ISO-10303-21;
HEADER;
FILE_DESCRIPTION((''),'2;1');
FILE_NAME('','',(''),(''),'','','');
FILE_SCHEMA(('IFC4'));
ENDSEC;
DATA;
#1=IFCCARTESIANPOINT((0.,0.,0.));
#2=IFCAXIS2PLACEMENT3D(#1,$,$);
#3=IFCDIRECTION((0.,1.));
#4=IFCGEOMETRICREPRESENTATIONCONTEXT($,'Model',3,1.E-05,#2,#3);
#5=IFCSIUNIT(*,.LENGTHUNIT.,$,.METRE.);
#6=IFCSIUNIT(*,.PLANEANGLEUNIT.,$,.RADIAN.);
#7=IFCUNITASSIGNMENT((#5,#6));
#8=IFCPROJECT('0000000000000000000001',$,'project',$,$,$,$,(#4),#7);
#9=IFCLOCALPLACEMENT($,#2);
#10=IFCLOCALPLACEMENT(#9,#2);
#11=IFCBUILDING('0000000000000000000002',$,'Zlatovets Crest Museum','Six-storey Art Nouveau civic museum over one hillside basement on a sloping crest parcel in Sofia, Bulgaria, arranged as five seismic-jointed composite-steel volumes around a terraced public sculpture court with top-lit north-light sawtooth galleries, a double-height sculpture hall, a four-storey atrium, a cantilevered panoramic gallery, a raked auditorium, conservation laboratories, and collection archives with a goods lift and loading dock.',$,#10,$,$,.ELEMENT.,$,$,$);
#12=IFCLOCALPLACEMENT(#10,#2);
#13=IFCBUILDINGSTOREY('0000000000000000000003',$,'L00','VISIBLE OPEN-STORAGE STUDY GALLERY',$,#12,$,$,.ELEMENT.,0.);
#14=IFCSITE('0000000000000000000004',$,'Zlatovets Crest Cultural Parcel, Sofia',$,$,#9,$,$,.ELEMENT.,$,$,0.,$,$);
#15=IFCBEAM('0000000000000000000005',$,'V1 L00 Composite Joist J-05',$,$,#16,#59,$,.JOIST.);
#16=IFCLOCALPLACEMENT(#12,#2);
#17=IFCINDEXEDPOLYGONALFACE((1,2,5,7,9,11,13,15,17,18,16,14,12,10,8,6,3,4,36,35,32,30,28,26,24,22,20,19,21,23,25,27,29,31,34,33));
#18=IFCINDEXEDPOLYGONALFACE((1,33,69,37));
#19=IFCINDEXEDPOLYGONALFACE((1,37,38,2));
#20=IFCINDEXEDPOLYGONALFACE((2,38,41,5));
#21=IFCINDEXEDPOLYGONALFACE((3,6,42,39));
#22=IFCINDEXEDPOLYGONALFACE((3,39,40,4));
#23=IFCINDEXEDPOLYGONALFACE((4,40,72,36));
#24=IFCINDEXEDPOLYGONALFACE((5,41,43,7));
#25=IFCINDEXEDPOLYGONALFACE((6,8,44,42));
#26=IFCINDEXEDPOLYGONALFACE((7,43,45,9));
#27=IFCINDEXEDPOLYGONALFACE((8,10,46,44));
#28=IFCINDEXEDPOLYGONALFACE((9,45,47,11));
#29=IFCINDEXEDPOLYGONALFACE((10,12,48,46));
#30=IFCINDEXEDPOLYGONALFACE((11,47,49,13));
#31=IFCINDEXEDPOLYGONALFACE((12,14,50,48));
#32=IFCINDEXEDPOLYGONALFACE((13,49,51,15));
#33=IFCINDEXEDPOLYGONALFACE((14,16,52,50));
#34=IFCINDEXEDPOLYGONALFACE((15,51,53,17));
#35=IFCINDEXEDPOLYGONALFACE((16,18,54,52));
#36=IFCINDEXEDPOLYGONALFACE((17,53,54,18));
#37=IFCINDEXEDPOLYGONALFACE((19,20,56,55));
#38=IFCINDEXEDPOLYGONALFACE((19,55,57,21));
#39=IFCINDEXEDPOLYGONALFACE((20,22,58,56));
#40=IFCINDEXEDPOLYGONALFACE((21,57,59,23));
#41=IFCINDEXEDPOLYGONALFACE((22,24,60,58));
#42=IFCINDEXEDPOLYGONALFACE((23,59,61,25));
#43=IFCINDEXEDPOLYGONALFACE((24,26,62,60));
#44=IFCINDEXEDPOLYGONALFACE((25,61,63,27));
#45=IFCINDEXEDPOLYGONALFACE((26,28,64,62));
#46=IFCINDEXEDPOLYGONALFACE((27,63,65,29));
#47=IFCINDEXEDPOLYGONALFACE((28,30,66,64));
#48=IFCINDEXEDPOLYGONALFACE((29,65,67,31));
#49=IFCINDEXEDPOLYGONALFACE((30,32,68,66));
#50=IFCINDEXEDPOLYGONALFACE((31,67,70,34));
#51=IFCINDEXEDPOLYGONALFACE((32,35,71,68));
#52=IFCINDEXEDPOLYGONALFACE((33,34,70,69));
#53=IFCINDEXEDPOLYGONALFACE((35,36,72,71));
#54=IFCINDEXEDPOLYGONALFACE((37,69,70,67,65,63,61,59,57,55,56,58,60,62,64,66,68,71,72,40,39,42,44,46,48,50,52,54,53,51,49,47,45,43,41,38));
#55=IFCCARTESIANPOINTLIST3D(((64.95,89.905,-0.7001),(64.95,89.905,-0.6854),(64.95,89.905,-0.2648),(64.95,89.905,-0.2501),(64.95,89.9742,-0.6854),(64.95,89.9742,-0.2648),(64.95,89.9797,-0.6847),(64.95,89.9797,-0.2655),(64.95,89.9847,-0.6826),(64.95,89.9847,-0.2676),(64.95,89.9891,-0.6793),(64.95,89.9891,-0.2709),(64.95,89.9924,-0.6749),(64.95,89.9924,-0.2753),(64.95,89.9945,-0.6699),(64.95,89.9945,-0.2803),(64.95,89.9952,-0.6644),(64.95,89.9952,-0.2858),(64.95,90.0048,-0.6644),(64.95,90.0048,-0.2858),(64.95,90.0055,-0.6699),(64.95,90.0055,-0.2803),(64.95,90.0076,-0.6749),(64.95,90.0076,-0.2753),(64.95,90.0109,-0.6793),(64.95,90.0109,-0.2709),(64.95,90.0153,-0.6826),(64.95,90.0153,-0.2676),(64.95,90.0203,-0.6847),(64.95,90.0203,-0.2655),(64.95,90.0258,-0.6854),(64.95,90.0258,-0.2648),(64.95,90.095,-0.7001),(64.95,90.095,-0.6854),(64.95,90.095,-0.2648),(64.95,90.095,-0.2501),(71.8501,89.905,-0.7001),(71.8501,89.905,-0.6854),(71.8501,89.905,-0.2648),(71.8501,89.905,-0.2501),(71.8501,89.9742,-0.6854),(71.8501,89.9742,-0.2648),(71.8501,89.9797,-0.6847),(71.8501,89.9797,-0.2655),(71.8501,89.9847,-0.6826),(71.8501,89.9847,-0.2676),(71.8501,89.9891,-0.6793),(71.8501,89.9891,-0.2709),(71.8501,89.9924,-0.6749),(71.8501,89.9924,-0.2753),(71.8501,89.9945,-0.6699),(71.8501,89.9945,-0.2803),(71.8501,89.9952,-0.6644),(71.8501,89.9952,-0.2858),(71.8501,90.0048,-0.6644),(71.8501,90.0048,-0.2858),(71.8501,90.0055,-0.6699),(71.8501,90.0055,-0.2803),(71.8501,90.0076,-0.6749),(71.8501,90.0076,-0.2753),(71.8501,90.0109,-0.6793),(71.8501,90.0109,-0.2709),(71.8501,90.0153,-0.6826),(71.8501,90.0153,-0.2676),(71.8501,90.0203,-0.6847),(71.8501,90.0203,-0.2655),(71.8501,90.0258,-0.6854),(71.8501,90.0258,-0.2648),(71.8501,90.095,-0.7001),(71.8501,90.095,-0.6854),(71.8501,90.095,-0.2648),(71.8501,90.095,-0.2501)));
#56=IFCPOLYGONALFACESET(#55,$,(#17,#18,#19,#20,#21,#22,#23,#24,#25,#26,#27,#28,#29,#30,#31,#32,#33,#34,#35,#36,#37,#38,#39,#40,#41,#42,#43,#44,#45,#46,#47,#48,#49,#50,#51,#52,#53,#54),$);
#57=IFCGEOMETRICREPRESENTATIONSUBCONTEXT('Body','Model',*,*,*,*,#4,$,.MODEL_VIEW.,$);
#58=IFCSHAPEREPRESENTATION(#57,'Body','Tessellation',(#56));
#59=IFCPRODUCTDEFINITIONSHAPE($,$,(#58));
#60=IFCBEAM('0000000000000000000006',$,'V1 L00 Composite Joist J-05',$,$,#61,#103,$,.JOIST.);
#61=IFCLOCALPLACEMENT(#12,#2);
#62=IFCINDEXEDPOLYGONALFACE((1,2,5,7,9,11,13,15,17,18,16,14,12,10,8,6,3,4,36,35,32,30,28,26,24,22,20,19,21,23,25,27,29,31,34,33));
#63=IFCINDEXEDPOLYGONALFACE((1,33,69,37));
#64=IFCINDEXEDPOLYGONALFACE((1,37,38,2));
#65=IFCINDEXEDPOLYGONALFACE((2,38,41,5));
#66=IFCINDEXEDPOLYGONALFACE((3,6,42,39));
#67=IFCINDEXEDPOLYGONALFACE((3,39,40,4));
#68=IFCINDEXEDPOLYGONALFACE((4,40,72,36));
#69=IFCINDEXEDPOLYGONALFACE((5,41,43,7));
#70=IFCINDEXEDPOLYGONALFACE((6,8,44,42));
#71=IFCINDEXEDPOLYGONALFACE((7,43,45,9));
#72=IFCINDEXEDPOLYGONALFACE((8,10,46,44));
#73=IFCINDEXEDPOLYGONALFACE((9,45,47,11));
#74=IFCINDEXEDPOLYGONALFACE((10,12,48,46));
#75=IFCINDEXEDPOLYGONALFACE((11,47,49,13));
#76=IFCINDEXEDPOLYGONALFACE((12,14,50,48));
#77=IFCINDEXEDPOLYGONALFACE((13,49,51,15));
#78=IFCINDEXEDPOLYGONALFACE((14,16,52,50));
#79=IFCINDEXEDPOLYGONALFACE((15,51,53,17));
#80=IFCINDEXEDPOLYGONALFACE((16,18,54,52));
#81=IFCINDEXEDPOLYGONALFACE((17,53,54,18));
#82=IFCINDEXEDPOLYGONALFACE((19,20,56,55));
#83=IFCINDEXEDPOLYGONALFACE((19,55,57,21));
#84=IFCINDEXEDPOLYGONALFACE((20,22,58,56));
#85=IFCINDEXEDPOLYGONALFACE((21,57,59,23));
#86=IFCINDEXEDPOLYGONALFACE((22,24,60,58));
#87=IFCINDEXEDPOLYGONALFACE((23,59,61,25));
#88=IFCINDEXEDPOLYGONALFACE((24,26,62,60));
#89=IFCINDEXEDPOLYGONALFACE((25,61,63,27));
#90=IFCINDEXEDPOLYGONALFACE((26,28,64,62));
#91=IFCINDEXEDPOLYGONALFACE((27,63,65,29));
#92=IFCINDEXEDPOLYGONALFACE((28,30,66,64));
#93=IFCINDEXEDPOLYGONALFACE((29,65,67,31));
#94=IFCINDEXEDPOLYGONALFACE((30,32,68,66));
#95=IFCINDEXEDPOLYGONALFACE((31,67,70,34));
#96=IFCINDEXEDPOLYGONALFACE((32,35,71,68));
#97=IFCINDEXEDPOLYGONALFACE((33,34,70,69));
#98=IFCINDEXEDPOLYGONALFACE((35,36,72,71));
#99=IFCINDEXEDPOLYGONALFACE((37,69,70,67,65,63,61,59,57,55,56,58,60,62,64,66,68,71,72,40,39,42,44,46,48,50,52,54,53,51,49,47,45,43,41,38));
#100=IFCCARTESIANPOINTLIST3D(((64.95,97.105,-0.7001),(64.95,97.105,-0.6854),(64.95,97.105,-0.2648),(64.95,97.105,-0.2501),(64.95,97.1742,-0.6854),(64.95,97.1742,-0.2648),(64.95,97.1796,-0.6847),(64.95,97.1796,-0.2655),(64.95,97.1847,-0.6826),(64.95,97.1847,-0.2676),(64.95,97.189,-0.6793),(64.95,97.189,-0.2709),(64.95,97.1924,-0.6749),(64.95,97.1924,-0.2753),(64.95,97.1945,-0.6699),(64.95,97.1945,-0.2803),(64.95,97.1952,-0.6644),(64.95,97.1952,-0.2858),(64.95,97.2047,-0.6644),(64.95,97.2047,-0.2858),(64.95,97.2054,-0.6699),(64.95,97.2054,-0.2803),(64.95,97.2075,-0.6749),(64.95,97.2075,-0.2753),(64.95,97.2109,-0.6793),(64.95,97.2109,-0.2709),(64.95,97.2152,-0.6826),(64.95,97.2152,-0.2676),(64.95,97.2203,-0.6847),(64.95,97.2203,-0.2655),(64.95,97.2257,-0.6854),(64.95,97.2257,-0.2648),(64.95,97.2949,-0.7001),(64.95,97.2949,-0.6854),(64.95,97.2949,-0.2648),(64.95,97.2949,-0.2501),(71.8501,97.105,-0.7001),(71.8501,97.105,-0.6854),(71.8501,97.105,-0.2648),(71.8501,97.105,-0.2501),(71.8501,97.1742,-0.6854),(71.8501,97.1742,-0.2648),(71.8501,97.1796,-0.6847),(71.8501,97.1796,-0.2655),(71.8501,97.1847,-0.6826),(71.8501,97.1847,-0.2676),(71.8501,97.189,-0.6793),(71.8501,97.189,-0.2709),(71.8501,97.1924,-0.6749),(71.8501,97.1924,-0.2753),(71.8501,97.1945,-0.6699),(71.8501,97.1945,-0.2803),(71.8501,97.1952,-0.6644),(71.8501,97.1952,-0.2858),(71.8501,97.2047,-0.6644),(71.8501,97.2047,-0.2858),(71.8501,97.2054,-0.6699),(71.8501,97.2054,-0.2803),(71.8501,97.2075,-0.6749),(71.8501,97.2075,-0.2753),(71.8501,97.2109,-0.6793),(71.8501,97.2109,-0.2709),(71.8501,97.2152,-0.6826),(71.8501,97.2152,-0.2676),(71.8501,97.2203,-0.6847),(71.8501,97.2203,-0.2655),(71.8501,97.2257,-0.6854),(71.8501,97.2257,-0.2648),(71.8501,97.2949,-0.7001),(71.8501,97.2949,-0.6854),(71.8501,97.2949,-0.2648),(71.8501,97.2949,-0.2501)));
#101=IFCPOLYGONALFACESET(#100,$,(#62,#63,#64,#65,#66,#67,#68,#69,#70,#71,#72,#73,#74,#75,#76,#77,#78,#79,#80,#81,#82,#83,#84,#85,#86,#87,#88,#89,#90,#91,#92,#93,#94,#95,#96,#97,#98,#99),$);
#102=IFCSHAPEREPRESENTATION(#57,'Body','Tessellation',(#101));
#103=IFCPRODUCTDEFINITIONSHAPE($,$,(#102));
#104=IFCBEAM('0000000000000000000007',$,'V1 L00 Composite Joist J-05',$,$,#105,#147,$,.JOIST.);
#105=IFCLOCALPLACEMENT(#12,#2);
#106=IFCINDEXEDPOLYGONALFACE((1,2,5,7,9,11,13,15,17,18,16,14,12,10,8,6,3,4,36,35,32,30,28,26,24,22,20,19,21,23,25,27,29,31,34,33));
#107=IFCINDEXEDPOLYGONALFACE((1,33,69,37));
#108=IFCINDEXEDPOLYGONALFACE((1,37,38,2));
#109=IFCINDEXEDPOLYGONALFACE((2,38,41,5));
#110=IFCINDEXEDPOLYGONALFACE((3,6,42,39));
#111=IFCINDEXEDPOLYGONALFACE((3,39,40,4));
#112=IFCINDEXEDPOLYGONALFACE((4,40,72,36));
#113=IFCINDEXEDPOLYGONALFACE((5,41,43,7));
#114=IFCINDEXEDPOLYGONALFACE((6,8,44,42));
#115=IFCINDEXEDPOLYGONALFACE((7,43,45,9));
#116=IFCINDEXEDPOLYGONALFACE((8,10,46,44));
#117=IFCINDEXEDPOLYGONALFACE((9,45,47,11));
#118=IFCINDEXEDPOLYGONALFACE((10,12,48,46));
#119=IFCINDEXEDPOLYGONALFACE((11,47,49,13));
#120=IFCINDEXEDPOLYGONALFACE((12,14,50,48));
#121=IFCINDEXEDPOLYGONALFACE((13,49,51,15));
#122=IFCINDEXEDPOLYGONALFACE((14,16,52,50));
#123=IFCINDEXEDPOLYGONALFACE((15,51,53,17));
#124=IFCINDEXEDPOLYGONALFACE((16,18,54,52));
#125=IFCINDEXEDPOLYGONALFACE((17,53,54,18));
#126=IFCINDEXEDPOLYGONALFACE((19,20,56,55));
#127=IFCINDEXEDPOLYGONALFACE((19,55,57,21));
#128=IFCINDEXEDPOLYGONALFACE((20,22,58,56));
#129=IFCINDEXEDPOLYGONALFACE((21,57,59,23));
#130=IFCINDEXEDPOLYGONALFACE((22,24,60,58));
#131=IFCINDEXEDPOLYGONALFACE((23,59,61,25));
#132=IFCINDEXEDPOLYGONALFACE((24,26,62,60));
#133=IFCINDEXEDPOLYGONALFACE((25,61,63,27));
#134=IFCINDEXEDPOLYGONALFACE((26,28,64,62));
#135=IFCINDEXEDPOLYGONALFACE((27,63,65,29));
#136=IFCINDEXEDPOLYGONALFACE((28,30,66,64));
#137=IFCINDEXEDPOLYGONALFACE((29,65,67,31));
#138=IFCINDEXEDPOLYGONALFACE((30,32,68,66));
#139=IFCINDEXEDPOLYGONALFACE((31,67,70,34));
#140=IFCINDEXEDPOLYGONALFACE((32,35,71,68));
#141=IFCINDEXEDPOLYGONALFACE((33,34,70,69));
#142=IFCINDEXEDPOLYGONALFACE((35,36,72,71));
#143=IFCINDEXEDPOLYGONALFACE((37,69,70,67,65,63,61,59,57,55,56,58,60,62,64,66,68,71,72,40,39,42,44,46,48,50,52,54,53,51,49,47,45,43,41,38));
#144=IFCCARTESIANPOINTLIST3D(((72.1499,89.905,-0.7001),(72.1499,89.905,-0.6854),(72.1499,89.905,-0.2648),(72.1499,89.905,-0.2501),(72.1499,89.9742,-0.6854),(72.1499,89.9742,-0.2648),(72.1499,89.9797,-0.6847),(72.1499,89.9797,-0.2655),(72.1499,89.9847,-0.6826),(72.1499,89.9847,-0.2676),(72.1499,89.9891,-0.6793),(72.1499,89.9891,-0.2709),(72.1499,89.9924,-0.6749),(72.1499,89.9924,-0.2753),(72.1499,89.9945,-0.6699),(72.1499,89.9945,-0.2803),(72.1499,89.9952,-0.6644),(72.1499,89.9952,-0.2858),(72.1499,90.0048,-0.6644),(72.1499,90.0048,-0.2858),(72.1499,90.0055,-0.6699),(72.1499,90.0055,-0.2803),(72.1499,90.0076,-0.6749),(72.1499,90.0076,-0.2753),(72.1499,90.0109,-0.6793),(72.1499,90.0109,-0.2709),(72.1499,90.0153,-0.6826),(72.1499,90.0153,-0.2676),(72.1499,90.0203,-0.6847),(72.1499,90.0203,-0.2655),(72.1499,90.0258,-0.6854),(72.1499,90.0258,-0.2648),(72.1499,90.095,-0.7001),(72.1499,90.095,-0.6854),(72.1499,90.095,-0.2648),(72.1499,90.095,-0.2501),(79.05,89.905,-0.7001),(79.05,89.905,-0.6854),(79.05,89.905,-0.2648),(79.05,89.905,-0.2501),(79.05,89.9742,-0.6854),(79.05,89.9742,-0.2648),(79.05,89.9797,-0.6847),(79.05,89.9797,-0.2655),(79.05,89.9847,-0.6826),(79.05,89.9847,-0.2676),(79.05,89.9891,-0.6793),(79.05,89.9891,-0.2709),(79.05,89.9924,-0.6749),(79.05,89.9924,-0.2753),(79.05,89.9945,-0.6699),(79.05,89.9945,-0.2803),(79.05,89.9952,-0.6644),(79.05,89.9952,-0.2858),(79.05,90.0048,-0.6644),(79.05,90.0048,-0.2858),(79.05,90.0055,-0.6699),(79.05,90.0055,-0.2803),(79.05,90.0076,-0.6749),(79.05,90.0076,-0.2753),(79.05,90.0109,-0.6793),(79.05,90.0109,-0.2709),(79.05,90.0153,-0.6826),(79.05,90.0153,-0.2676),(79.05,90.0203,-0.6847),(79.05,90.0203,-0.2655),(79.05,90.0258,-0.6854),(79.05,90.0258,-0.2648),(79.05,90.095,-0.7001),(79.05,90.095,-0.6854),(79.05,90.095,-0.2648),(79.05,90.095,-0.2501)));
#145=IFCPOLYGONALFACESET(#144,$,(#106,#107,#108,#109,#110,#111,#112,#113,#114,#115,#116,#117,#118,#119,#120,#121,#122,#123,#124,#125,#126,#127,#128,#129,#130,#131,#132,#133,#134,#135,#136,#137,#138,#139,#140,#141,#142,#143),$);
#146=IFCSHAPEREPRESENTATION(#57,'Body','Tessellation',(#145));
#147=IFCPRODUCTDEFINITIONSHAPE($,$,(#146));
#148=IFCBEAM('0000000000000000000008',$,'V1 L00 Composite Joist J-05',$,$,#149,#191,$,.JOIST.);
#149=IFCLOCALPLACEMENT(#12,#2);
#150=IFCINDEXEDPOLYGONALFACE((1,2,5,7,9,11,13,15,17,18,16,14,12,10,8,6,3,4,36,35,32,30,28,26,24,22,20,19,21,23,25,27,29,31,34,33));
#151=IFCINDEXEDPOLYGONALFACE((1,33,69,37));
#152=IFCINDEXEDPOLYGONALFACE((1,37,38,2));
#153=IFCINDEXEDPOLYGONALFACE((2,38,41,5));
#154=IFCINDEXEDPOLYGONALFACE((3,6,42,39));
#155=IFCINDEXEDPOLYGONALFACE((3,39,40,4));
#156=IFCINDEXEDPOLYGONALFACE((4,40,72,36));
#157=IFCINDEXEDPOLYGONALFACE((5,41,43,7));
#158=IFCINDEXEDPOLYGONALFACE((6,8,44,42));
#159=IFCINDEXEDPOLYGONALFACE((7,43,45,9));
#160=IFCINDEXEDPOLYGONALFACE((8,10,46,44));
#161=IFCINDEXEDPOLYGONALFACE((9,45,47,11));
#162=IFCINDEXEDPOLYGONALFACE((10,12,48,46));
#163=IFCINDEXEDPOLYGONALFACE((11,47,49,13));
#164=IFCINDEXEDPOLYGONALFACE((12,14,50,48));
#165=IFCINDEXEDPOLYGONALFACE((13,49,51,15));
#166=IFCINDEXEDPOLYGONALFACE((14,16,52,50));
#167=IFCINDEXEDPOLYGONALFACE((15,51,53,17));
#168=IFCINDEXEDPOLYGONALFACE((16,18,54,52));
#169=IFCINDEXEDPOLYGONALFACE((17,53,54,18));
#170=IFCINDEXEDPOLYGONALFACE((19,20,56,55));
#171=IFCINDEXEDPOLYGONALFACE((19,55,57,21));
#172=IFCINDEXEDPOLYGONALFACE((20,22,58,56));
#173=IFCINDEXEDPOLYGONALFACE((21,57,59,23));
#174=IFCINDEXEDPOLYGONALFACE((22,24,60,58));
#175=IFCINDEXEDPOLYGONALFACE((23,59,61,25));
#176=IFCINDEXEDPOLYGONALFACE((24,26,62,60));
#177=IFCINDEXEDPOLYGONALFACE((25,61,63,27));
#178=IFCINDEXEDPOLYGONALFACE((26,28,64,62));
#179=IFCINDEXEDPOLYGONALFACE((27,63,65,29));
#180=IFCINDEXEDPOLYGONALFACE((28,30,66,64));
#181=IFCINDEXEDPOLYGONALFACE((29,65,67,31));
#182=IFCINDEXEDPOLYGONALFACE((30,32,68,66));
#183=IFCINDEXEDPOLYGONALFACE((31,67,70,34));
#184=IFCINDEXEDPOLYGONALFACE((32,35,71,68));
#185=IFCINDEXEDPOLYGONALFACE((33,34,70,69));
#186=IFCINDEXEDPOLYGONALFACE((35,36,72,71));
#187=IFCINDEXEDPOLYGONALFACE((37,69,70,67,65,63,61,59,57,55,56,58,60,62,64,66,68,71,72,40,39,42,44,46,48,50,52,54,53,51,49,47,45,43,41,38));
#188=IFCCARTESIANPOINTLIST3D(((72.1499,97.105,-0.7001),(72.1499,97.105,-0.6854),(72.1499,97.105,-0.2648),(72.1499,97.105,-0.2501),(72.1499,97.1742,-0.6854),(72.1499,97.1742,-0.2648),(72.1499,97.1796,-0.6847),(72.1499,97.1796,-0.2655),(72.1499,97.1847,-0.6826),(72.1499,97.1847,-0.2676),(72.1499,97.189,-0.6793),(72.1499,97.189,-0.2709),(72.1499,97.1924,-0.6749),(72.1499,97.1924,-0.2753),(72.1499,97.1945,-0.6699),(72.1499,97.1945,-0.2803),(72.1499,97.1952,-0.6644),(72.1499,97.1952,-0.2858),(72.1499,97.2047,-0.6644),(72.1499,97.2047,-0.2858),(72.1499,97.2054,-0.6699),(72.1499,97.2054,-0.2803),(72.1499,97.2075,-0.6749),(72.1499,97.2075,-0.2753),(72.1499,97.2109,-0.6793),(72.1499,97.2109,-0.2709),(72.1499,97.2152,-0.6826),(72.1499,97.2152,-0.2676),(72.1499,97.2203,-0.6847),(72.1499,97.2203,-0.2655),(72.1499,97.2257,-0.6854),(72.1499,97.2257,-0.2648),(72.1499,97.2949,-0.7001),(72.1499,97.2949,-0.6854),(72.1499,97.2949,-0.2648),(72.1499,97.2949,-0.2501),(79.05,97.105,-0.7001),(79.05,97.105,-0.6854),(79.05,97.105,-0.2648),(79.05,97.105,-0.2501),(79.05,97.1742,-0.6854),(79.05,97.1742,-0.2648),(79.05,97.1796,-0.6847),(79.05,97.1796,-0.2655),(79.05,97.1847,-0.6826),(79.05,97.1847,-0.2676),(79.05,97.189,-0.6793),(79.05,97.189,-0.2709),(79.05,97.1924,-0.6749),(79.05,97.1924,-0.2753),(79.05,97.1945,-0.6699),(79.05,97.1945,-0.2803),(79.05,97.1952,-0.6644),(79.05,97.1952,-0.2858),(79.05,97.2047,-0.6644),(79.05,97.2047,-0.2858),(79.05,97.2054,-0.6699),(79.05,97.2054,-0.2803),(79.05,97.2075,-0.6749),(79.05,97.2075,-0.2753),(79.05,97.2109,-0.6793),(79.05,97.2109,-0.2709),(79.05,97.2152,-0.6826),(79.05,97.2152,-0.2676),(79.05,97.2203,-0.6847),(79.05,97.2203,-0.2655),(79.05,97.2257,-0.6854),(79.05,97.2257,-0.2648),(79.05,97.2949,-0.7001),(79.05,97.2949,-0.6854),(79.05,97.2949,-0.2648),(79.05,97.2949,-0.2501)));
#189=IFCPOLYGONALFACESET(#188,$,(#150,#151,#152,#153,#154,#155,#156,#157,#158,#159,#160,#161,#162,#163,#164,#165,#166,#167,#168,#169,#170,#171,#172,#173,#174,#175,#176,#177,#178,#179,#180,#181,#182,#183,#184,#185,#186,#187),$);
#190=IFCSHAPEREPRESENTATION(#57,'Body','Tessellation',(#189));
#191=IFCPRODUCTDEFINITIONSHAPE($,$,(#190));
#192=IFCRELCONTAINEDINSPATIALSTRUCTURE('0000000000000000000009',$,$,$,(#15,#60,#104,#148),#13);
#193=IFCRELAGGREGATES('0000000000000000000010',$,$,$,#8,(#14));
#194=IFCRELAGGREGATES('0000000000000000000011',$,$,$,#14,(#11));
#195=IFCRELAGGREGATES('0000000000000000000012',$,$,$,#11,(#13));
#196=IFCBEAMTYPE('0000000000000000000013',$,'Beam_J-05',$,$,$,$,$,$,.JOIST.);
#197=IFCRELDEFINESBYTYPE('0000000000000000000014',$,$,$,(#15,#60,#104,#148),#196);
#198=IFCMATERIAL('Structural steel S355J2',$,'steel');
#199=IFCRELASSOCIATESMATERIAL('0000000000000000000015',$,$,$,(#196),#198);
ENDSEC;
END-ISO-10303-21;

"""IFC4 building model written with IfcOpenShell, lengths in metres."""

from ifc_helpers import new_model, si_unit, direction, frame, origin, origin_2d, place, context, subcontext, project, spatial, i_section, extrude, material, material_profile, profile_set, type_object, element, save


model = new_model("IFC4")

# Units and contexts
model_context = context("Model", 3, precision=1e-05, world=origin(), true_north=direction((0.0, 1.0)))
body_context = subcontext(model_context, "Body", "Model", "MODEL_VIEW")
ifc_project = project(units=[si_unit("LENGTHUNIT", "METRE"), si_unit("PLANEANGLEUNIT", "RADIAN")], contexts=[model_context])

# Site, building, storey
site_placement = place(None, origin())
site = spatial("IfcSite", under=ifc_project, at=site_placement, Name="Zlatovets Crest Cultural Parcel, Sofia", CompositionType="ELEMENT", RefElevation=0.0)
building_placement = place(site_placement, origin())
building = spatial("IfcBuilding", under=site, at=building_placement, Name="Zlatovets Crest Museum", Description="Six-storey Art Nouveau civic museum over one hillside basement on a sloping crest parcel in Sofia, Bulgaria, arranged as five seismic-jointed composite-steel volumes around a terraced public sculpture court with top-lit north-light sawtooth galleries, a double-height sculpture hall, a four-storey atrium, a cantilevered panoramic gallery, a raked auditorium, conservation laboratories, and collection archives with a goods lift and loading dock.", CompositionType="ELEMENT")
storey_placement = place(building_placement, origin())
storey = spatial("IfcBuildingStorey", under=building, at=storey_placement, Name="L00", Description="VISIBLE OPEN-STORAGE STUDY GALLERY", CompositionType="ELEMENT", Elevation=0.0)

# Shared definitions
ifc_material_1 = material(Name="Structural steel S355J2", Category="steel")

# Beams
ifc_material_profile_1 = material_profile(ifc_material_1, i_section(OverallWidth=0.1899, OverallDepth=0.45, WebThickness=0.0095, FlangeThickness=0.0146, FilletRadius=0.021, at=origin_2d()), Name="IPE 450")
ifc_profile_set_1 = profile_set([ifc_material_profile_1], Name="Structural steel S355J2")
beam_type_1 = type_object("IfcBeamType", Name="Beam_J-05", PredefinedType="JOIST", material=ifc_profile_set_1)
for number, where, z_axis, x_axis, name in (
    (1, (64.95, 90.0, -0.4751), (1.0, 0.0, 0.0), (0.0, 1.0, 0.0), "V1 L00 Composite Joist J-05"),
    (2, (64.95, 97.2, -0.4751), (1.0, 0.0, 0.0), (0.0, 1.0, 0.0), "V1 L00 Composite Joist J-05"),
    (3, (72.1499, 90.0, -0.4751), (1.0, 0.0, 0.0), (0.0, 1.0, 0.0), "V1 L00 Composite Joist J-05"),
    (4, (72.1499, 97.2, -0.4751), (1.0, 0.0, 0.0), (0.0, 1.0, 0.0), "V1 L00 Composite Joist J-05"),
):
    element("IfcBeam", number, at=place(storey_placement, frame(where, z_axis=z_axis, x_axis=x_axis)), inside=storey, type_object=beam_type_1, Name=name, PredefinedType="JOIST", context=body_context, shape_type="SweptSolid", body=[
        extrude(i_section(OverallWidth=0.1899, OverallDepth=0.45, WebThickness=0.0095, FlangeThickness=0.0146, FilletRadius=0.021, at=origin_2d()), origin(), (0.0, 0.0, 1.0), 6.9001),
    ])

save(model, "model.ifc")
